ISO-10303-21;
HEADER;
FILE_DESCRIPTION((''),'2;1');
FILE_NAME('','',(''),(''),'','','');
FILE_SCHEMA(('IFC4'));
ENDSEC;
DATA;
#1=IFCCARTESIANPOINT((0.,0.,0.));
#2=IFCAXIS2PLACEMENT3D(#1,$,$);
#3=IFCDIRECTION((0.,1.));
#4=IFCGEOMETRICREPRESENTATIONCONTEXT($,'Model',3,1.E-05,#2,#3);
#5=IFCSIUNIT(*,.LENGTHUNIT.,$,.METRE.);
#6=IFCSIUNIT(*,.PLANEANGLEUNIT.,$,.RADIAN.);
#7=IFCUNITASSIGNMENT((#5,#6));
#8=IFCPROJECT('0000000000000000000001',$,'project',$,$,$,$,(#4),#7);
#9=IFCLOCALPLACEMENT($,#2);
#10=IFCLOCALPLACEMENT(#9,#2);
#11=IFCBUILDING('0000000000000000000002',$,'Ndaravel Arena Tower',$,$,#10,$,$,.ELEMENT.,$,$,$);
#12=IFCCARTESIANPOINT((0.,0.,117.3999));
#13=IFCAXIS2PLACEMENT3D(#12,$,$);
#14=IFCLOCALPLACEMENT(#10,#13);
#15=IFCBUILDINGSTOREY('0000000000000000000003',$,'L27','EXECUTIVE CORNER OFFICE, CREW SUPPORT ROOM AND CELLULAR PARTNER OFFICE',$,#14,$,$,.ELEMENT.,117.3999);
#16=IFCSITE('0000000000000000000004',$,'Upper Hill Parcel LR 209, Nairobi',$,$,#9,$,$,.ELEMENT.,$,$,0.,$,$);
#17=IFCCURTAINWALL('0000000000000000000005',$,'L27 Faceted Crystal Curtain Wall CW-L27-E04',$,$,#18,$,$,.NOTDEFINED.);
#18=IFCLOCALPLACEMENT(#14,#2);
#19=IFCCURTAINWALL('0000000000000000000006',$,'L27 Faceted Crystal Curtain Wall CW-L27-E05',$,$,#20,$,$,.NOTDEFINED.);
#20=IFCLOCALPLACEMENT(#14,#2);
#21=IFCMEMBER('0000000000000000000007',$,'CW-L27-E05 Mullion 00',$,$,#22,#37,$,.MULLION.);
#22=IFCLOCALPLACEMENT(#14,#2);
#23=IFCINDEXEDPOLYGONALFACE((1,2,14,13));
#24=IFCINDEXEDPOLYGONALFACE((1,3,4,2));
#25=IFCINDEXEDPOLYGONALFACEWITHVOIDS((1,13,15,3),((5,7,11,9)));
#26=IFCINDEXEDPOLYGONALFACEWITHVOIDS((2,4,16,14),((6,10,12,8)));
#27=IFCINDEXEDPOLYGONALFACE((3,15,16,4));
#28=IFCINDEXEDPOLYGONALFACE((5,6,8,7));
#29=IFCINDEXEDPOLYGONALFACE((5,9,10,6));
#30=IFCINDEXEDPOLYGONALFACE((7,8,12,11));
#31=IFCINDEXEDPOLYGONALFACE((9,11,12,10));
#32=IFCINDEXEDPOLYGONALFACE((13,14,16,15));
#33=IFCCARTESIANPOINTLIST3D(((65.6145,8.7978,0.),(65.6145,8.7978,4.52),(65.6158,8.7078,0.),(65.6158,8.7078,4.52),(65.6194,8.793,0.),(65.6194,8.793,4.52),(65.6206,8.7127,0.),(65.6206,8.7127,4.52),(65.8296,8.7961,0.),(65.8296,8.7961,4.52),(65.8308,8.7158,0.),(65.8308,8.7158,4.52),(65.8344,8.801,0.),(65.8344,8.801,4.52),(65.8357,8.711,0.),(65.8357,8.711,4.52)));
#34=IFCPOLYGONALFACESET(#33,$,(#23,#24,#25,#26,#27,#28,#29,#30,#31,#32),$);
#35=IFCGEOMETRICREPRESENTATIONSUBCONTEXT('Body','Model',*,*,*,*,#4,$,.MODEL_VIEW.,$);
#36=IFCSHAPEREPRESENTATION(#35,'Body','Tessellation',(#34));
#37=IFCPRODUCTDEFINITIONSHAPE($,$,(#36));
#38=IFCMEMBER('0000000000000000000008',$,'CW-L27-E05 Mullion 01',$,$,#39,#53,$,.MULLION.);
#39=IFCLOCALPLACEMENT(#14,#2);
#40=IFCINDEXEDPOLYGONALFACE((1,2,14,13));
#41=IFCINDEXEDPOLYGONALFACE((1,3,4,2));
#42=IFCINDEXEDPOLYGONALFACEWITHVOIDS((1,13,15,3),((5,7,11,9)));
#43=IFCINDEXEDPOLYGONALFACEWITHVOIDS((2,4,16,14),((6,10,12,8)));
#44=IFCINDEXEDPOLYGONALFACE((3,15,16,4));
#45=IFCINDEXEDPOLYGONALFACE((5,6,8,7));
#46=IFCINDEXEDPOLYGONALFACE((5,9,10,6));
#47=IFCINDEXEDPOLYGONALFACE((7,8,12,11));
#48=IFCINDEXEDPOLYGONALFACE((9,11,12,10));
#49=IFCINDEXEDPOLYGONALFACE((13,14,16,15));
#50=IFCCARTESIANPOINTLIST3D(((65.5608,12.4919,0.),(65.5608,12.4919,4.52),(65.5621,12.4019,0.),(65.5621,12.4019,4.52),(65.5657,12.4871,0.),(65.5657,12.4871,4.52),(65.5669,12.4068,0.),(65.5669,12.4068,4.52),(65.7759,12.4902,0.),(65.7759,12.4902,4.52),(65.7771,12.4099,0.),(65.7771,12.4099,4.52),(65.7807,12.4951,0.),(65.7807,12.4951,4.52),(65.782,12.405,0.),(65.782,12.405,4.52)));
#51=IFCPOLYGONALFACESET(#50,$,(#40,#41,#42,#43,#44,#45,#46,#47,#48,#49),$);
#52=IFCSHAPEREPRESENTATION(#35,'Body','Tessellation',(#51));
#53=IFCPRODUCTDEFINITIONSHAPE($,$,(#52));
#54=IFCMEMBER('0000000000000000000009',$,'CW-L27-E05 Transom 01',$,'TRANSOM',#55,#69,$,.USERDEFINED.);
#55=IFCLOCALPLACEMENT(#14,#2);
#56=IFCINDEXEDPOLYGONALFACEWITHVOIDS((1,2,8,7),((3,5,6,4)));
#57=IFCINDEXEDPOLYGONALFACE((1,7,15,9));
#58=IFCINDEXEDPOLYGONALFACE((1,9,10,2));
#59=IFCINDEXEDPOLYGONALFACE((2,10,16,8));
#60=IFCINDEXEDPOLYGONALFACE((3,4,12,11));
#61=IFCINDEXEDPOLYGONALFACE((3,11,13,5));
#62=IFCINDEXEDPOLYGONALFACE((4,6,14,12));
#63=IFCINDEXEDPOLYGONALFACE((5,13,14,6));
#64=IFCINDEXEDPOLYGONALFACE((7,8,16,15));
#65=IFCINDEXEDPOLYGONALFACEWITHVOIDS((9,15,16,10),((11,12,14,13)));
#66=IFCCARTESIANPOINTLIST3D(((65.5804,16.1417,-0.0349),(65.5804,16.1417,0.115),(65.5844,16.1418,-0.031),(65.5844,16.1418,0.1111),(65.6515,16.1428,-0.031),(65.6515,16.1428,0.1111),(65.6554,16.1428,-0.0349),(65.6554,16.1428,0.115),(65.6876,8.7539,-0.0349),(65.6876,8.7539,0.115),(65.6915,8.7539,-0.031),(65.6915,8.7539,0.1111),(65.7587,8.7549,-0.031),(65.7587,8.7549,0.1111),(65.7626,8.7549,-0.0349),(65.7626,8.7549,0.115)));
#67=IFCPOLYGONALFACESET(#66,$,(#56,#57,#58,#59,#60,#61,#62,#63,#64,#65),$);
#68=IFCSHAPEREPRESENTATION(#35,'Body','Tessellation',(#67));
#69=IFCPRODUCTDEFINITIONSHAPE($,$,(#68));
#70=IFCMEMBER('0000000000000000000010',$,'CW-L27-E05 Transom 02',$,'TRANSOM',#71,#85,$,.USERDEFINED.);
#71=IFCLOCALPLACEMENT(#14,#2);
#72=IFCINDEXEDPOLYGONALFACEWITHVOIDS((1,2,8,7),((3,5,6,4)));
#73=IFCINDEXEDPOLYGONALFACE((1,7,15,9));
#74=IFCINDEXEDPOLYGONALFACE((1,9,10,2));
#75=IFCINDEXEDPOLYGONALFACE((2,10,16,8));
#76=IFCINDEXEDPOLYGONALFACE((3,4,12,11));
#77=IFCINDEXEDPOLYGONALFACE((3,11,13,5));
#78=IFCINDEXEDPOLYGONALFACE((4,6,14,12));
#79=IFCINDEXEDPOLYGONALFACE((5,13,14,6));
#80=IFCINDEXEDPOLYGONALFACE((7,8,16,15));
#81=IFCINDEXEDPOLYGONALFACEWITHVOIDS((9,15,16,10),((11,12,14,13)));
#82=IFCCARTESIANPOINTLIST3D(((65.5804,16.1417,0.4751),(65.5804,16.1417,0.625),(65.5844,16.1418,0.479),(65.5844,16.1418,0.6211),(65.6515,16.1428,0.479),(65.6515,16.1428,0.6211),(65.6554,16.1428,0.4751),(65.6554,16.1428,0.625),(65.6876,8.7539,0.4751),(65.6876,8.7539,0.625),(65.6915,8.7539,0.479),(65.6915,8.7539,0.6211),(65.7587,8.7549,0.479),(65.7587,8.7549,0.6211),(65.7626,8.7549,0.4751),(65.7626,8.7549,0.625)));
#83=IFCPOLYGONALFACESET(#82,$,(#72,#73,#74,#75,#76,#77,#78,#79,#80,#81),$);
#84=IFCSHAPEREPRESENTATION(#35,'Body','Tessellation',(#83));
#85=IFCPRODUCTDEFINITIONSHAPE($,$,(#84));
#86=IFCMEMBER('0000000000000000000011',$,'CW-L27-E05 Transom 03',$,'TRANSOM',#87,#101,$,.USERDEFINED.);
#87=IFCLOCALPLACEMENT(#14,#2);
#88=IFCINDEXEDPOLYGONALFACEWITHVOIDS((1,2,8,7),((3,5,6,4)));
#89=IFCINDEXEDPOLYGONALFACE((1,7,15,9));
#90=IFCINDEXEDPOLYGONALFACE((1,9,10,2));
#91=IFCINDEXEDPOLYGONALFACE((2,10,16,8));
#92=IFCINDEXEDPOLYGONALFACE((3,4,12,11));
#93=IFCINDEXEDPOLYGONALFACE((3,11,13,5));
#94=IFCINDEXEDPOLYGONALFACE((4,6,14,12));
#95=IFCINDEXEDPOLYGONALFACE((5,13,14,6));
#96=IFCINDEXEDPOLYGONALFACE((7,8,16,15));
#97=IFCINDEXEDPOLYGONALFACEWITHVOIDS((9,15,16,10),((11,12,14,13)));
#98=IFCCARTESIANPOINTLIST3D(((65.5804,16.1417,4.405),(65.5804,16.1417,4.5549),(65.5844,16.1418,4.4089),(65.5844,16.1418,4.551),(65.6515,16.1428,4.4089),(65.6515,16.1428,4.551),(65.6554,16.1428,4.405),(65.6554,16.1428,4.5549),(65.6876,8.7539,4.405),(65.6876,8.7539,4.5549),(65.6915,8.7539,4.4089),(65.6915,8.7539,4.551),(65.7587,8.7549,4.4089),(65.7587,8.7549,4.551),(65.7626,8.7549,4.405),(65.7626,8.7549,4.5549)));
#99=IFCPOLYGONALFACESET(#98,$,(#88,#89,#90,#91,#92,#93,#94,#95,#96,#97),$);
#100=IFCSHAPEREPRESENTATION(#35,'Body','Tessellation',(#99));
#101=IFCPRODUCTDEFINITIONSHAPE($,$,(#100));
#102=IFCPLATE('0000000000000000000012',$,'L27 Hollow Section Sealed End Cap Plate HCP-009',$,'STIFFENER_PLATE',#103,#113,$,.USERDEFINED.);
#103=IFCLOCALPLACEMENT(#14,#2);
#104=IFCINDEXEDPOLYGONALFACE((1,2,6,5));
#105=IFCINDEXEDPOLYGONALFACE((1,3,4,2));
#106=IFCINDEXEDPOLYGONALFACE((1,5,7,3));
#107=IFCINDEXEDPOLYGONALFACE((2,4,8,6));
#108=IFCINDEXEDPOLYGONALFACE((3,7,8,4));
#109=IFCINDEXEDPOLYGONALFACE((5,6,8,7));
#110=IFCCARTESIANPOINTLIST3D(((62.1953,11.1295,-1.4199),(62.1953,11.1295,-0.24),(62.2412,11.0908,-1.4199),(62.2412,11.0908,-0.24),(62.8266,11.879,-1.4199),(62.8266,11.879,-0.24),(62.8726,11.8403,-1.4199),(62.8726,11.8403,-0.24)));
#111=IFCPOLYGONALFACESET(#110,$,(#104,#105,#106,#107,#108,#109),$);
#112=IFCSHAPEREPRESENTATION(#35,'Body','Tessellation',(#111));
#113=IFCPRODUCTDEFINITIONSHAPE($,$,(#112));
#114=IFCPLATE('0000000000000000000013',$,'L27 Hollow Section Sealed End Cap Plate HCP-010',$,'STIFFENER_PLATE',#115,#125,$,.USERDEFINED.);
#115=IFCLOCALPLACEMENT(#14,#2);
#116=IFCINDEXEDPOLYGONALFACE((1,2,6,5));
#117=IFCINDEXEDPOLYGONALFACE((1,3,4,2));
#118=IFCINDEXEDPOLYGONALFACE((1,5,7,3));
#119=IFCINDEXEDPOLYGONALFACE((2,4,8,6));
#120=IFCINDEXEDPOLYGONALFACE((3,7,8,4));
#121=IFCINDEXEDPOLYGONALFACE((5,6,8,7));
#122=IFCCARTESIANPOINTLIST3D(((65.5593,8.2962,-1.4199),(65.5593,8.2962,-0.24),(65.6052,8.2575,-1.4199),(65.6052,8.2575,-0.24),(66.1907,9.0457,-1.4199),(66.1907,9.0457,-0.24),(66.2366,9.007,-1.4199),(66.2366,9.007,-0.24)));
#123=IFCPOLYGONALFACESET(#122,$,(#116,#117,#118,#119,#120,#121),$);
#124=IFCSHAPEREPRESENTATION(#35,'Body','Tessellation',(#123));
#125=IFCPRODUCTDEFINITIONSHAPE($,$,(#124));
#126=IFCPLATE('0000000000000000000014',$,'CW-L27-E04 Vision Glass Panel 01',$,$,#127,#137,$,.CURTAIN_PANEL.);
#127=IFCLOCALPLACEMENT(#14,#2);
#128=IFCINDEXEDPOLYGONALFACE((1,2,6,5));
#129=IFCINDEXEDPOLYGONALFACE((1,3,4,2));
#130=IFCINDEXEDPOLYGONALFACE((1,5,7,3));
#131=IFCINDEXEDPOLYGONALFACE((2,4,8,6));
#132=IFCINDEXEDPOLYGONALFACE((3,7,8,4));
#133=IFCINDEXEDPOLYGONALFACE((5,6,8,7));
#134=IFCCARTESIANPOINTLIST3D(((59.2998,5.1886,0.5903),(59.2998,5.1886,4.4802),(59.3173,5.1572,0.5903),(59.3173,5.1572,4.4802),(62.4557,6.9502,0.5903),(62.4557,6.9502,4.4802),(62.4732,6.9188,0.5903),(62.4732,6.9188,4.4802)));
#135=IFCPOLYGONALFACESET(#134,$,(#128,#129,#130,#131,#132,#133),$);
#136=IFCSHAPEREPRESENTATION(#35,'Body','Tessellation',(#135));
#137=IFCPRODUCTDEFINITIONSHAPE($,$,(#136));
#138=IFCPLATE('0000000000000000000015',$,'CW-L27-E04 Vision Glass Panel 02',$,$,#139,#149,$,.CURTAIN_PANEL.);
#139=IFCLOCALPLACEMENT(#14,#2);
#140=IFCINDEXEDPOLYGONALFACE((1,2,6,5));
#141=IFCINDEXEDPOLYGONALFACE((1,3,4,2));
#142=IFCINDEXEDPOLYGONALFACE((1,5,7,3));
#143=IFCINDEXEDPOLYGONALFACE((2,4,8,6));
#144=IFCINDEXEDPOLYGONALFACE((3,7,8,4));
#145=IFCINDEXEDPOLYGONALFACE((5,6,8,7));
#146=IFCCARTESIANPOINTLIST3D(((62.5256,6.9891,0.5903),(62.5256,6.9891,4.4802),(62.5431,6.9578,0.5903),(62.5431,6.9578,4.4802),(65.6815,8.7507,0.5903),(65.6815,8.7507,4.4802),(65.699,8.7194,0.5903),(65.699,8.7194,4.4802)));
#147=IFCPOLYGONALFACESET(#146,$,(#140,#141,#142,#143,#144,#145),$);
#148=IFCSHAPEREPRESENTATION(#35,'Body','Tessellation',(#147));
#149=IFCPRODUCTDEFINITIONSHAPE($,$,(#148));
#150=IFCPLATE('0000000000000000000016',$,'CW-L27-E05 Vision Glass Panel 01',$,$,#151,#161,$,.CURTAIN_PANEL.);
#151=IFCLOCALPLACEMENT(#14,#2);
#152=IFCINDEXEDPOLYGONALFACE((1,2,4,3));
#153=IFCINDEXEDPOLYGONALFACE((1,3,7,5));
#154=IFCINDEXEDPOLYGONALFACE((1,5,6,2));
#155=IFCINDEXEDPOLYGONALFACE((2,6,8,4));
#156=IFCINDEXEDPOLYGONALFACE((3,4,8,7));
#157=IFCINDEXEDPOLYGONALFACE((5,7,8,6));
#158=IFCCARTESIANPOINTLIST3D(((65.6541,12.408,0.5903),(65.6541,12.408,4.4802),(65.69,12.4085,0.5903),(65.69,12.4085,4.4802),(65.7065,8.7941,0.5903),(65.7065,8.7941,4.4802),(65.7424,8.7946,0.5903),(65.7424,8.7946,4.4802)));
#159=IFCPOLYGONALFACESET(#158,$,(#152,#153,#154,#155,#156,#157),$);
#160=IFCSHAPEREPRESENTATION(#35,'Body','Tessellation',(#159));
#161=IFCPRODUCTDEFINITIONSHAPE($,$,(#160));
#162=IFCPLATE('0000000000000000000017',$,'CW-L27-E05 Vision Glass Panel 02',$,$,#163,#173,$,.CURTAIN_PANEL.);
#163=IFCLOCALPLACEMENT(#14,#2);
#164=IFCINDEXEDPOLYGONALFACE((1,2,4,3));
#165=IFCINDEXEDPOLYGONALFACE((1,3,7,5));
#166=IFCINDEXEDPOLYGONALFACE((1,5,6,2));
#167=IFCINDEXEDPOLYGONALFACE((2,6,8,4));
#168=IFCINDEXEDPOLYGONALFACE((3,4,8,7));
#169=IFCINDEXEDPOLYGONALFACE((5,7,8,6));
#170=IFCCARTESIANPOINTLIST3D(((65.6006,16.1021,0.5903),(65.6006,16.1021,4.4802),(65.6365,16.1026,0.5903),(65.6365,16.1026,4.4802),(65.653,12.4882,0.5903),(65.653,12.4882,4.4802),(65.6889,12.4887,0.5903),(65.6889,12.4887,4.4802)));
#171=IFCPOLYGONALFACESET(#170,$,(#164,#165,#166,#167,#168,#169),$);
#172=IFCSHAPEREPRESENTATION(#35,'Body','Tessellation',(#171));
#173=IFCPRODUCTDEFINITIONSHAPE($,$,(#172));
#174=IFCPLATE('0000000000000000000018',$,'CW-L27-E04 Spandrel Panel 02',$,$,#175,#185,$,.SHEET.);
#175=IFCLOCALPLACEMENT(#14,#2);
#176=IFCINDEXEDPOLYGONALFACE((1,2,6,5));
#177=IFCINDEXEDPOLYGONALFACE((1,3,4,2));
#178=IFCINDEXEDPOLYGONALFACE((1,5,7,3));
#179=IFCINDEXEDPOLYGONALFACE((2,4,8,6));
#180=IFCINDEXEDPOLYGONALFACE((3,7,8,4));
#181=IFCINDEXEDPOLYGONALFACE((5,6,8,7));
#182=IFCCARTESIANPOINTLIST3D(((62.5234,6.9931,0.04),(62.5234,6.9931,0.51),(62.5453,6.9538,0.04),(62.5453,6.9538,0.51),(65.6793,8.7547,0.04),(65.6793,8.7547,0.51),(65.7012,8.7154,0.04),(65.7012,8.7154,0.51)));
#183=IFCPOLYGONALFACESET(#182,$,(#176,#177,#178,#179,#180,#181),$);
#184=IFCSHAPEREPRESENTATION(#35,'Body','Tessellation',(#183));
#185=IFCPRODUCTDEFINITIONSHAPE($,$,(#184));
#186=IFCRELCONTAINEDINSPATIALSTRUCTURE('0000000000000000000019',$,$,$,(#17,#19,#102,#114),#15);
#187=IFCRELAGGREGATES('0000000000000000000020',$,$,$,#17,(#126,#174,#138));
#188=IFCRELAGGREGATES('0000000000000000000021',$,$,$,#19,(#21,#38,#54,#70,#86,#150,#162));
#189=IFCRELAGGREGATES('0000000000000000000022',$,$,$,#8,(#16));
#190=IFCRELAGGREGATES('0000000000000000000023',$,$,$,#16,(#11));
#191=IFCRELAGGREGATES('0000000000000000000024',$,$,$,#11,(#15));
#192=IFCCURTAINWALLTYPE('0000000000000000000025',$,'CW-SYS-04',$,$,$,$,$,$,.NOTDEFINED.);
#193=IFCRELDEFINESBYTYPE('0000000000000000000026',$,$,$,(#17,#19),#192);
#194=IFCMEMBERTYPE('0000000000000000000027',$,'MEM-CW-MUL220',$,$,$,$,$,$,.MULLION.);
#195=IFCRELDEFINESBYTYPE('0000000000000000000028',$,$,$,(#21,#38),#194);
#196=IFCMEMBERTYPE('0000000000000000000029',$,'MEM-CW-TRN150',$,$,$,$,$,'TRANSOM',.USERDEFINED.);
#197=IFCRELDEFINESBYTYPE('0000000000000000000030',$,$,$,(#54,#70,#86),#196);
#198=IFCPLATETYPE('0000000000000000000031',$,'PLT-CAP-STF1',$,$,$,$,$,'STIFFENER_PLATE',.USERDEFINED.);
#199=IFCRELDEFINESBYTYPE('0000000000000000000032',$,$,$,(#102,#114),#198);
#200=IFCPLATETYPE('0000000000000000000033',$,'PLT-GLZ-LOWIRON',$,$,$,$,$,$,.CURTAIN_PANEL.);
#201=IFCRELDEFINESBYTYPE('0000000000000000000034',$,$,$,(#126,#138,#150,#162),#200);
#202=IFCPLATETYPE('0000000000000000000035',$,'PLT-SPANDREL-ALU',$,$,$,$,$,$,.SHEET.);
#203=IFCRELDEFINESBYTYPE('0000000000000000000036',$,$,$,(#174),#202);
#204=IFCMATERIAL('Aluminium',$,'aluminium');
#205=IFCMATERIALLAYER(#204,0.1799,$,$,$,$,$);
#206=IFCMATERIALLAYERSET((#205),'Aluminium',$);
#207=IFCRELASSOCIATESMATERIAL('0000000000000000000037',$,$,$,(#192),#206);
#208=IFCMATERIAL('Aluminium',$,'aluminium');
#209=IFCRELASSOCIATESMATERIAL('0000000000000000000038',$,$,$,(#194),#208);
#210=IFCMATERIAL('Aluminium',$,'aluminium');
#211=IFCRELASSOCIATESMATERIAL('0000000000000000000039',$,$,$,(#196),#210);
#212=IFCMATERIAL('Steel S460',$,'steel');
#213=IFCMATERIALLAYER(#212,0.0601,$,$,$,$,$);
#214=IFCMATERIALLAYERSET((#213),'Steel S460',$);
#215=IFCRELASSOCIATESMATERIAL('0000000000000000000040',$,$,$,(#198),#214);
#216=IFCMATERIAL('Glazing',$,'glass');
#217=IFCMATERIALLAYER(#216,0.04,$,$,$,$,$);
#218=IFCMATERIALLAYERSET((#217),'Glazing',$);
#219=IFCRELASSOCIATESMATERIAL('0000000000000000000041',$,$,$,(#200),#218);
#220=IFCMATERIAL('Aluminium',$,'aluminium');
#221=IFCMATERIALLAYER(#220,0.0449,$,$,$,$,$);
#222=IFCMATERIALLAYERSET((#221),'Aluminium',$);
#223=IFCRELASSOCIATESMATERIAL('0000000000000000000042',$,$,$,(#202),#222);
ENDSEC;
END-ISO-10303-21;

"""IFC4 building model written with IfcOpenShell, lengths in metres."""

from ifc_helpers import new_model, si_unit, direction, frame, origin, origin_2d, place, context, subcontext, project, spatial, rectangle, hollow_rectangle, extrude, material, layer, layer_set, material_profile, profile_set, type_object, element, aggregate, save


model = new_model("IFC4")

# Units and contexts
model_context = context("Model", 3, precision=1e-05, world=origin(), true_north=direction((0.0, 1.0)))
body_context = subcontext(model_context, "Body", "Model", "MODEL_VIEW")
ifc_project = project(units=[si_unit("LENGTHUNIT", "METRE"), si_unit("PLANEANGLEUNIT", "RADIAN")], contexts=[model_context])

# Site, building, storey
site_placement = place(None, origin())
site = spatial("IfcSite", under=ifc_project, at=site_placement, Name="Upper Hill Parcel LR 209, Nairobi", CompositionType="ELEMENT", RefElevation=0.0)
building_placement = place(site_placement, origin())
building = spatial("IfcBuilding", under=site, at=building_placement, Name="Ndaravel Arena Tower", CompositionType="ELEMENT")
storey_placement = place(building_placement, frame((0.0, 0.0, 117.3999)))
storey = spatial("IfcBuildingStorey", under=building, at=storey_placement, Name="L27", Description="EXECUTIVE CORNER OFFICE, CREW SUPPORT ROOM AND CELLULAR PARTNER OFFICE", CompositionType="ELEMENT", Elevation=117.3999)

# Curtain wall
ifc_material_1 = material(Name="Aluminium", Category="aluminium")
ifc_layer_1 = layer(ifc_material_1, 0.1799)
ifc_layer_set_1 = layer_set([ifc_layer_1], Name="Aluminium")
curtain_wall_type = type_object("IfcCurtainWallType", Name="CW-SYS-04", PredefinedType="NOTDEFINED", material=ifc_layer_set_1)
curtain_wall_1_placement = place(storey_placement, origin())
curtain_wall_1 = element("IfcCurtainWall", 1, at=curtain_wall_1_placement, inside=storey, type_object=curtain_wall_type, Name="L27 Faceted Crystal Curtain Wall CW-L27-E04", PredefinedType="NOTDEFINED")
ifc_material_2 = material(Name="Aluminium", Category="aluminium")
ifc_material_profile_1 = material_profile(ifc_material_2, hollow_rectangle(XDim=0.0901, YDim=0.22, WallThickness=0.0049, at=origin_2d()), Name="CW MULLION 90x220x5")
ifc_profile_set_1 = profile_set([ifc_material_profile_1], Name="Aluminium")
member_type_1 = type_object("IfcMemberType", Name="MEM-CW-MUL220", PredefinedType="MULLION", material=ifc_profile_set_1)

# Curtain wall, members
curtain_wall_2_placement = place(storey_placement, origin())
curtain_wall_2 = element("IfcCurtainWall", 2, at=curtain_wall_2_placement, inside=storey, type_object=curtain_wall_type, Name="L27 Faceted Crystal Curtain Wall CW-L27-E05", PredefinedType="NOTDEFINED")
member_1_placement = place(storey_placement, frame((65.7251, 8.7544, 0.0), z_axis=(0.0, 0.0, 1.0), x_axis=(-0.014503, 0.999895, 0.0)))
member_1 = element("IfcMember", 3, at=member_1_placement, type_object=member_type_1, Name="CW-L27-E05 Mullion 00", PredefinedType="MULLION", context=body_context, shape_type="SweptSolid", body=[
    extrude(hollow_rectangle(XDim=0.0901, YDim=0.22, WallThickness=0.0049, at=origin_2d()), origin(), (0.0, 0.0, 1.0), 4.52),
])
member_2_placement = place(storey_placement, frame((65.6714, 12.4485, 0.0), z_axis=(0.0, 0.0, 1.0), x_axis=(-0.014503, 0.999895, 0.0)))
member_2 = element("IfcMember", 4, at=member_2_placement, type_object=member_type_1, Name="CW-L27-E05 Mullion 01", PredefinedType="MULLION", context=body_context, shape_type="SweptSolid", body=[
    extrude(hollow_rectangle(XDim=0.0901, YDim=0.22, WallThickness=0.0049, at=origin_2d()), origin(), (0.0, 0.0, 1.0), 4.52),
])
ifc_material_3 = material(Name="Aluminium", Category="aluminium")
ifc_material_profile_2 = material_profile(ifc_material_3, hollow_rectangle(XDim=0.075, YDim=0.1499, WallThickness=0.0039, at=origin_2d()), Name="CW TRANSOM 75x150x4")
ifc_profile_set_2 = profile_set([ifc_material_profile_2], Name="Aluminium")
member_type_2 = type_object("IfcMemberType", Name="MEM-CW-TRN150", ElementType="TRANSOM", PredefinedType="USERDEFINED", material=ifc_profile_set_2)
member_3_placement = place(storey_placement, frame((65.7251, 8.7544, 0.04), z_axis=(-0.014506, 0.999895, 0.0), x_axis=(-0.999895, -0.014506, 0.0)))
member_3 = element("IfcMember", 5, at=member_3_placement, type_object=member_type_2, Name="CW-L27-E05 Transom 01", ObjectType="TRANSOM", PredefinedType="USERDEFINED", context=body_context, shape_type="SweptSolid", body=[
    extrude(hollow_rectangle(XDim=0.075, YDim=0.1499, WallThickness=0.0039, at=origin_2d()), origin(), (0.0, 0.0, 1.0), 7.3887),
])
member_4_placement = place(storey_placement, frame((65.7251, 8.7544, 0.55), z_axis=(-0.014506, 0.999895, 0.0), x_axis=(-0.999895, -0.014506, 0.0)))
member_4 = element("IfcMember", 6, at=member_4_placement, type_object=member_type_2, Name="CW-L27-E05 Transom 02", ObjectType="TRANSOM", PredefinedType="USERDEFINED", context=body_context, shape_type="SweptSolid", body=[
    extrude(hollow_rectangle(XDim=0.075, YDim=0.1499, WallThickness=0.0039, at=origin_2d()), origin(), (0.0, 0.0, 1.0), 7.3887),
])
member_5_placement = place(storey_placement, frame((65.7251, 8.7544, 4.48), z_axis=(-0.014506, 0.999895, 0.0), x_axis=(-0.999895, -0.014506, 0.0)))
member_5 = element("IfcMember", 7, at=member_5_placement, type_object=member_type_2, Name="CW-L27-E05 Transom 03", ObjectType="TRANSOM", PredefinedType="USERDEFINED", context=body_context, shape_type="SweptSolid", body=[
    extrude(hollow_rectangle(XDim=0.075, YDim=0.1499, WallThickness=0.0039, at=origin_2d()), origin(), (0.0, 0.0, 1.0), 7.3887),
])

# Plates
ifc_material_4 = material(Name="Steel S460", Category="steel")
ifc_layer_2 = layer(ifc_material_4, 0.0601)
ifc_layer_set_2 = layer_set([ifc_layer_2], Name="Steel S460")
plate_type_1 = type_object("IfcPlateType", Name="PLT-CAP-STF1", ElementType="STIFFENER_PLATE", PredefinedType="USERDEFINED", material=ifc_layer_set_2)
for number, where, z_axis, x_axis, name in (
    (8, (62.5339, 11.4849, -1.4199), (0.0, 0.0, 1.0), (0.764809, -0.644257, 0.0), "L27 Hollow Section Sealed End Cap Plate HCP-009"),
    (9, (65.8979, 8.6516, -1.4199), (0.0, 0.0, 1.0), (0.764809, -0.644257, 0.0), "L27 Hollow Section Sealed End Cap Plate HCP-010"),
):
    element("IfcPlate", number, at=place(storey_placement, frame(where, z_axis=z_axis, x_axis=x_axis)), inside=storey, type_object=plate_type_1, Name=name, ObjectType="STIFFENER_PLATE", PredefinedType="USERDEFINED", context=body_context, shape_type="SweptSolid", body=[
        extrude(rectangle(XDim=0.0601, YDim=0.98, at=origin_2d()), origin(), (0.0, 0.0, 1.0), 1.1799),
    ])

# Plates
ifc_material_5 = material(Name="Glazing", Category="glass")
ifc_layer_3 = layer(ifc_material_5, 0.04)
ifc_layer_set_3 = layer_set([ifc_layer_3], Name="Glazing")
plate_type_2 = type_object("IfcPlateType", Name="PLT-GLZ-LOWIRON", PredefinedType="CURTAIN_PANEL", material=ifc_layer_set_3)
plate_1_placement = place(storey_placement, frame((60.8865, 6.0537, 0.5903), z_axis=(0.0, 0.0, 1.0), x_axis=(0.873177, 0.487403, 0.0)))
plate_1 = element("IfcPlate", 10, at=plate_1_placement, type_object=plate_type_2, Name="CW-L27-E04 Vision Glass Panel 01", PredefinedType="CURTAIN_PANEL", context=body_context, shape_type="SweptSolid", body=[
    extrude(rectangle(XDim=3.6143, YDim=0.0359, at=origin_2d()), origin(), (0.0, 0.0, 1.0), 3.8899),
])
plate_2_placement = place(storey_placement, frame((64.1123, 7.8542, 0.5903), z_axis=(0.0, 0.0, 1.0), x_axis=(0.873177, 0.487403, 0.0)))
plate_2 = element("IfcPlate", 11, at=plate_2_placement, type_object=plate_type_2, Name="CW-L27-E04 Vision Glass Panel 02", PredefinedType="CURTAIN_PANEL", context=body_context, shape_type="SweptSolid", body=[
    extrude(rectangle(XDim=3.6143, YDim=0.0359, at=origin_2d()), origin(), (0.0, 0.0, 1.0), 3.8899),
])
plate_3_placement = place(storey_placement, frame((65.6982, 10.6013, 0.5903), z_axis=(0.0, 0.0, 1.0), x_axis=(-0.014503, 0.999895, 0.0)))
plate_3 = element("IfcPlate", 12, at=plate_3_placement, type_object=plate_type_2, Name="CW-L27-E05 Vision Glass Panel 01", PredefinedType="CURTAIN_PANEL", context=body_context, shape_type="SweptSolid", body=[
    extrude(rectangle(XDim=3.6143, YDim=0.0359, at=origin_2d()), origin(), (0.0, 0.0, 1.0), 3.8899),
])
plate_4_placement = place(storey_placement, frame((65.6448, 14.2954, 0.5903), z_axis=(0.0, 0.0, 1.0), x_axis=(-0.014503, 0.999895, 0.0)))
plate_4 = element("IfcPlate", 13, at=plate_4_placement, type_object=plate_type_2, Name="CW-L27-E05 Vision Glass Panel 02", PredefinedType="CURTAIN_PANEL", context=body_context, shape_type="SweptSolid", body=[
    extrude(rectangle(XDim=3.6143, YDim=0.0359, at=origin_2d()), origin(), (0.0, 0.0, 1.0), 3.8899),
])
ifc_material_6 = material(Name="Aluminium", Category="aluminium")
ifc_layer_4 = layer(ifc_material_6, 0.0449)
ifc_layer_set_4 = layer_set([ifc_layer_4], Name="Aluminium")
plate_type_3 = type_object("IfcPlateType", Name="PLT-SPANDREL-ALU", PredefinedType="SHEET", material=ifc_layer_set_4)
plate_5_placement = place(storey_placement, frame((64.1123, 7.8542, 0.04), z_axis=(0.0, 0.0, 1.0), x_axis=(0.873177, 0.487403, 0.0)))
plate_5 = element("IfcPlate", 14, at=plate_5_placement, type_object=plate_type_3, Name="CW-L27-E04 Spandrel Panel 02", PredefinedType="SHEET", context=body_context, shape_type="SweptSolid", body=[
    extrude(rectangle(XDim=3.6143, YDim=0.0449, at=origin_2d()), origin(), (0.0, 0.0, 1.0), 0.47),
])
aggregate(curtain_wall_1, [plate_1, plate_5, plate_2])
aggregate(curtain_wall_2, [member_1, member_2, member_3, member_4, member_5, plate_3, plate_4])

save(model, "model.ifc")
